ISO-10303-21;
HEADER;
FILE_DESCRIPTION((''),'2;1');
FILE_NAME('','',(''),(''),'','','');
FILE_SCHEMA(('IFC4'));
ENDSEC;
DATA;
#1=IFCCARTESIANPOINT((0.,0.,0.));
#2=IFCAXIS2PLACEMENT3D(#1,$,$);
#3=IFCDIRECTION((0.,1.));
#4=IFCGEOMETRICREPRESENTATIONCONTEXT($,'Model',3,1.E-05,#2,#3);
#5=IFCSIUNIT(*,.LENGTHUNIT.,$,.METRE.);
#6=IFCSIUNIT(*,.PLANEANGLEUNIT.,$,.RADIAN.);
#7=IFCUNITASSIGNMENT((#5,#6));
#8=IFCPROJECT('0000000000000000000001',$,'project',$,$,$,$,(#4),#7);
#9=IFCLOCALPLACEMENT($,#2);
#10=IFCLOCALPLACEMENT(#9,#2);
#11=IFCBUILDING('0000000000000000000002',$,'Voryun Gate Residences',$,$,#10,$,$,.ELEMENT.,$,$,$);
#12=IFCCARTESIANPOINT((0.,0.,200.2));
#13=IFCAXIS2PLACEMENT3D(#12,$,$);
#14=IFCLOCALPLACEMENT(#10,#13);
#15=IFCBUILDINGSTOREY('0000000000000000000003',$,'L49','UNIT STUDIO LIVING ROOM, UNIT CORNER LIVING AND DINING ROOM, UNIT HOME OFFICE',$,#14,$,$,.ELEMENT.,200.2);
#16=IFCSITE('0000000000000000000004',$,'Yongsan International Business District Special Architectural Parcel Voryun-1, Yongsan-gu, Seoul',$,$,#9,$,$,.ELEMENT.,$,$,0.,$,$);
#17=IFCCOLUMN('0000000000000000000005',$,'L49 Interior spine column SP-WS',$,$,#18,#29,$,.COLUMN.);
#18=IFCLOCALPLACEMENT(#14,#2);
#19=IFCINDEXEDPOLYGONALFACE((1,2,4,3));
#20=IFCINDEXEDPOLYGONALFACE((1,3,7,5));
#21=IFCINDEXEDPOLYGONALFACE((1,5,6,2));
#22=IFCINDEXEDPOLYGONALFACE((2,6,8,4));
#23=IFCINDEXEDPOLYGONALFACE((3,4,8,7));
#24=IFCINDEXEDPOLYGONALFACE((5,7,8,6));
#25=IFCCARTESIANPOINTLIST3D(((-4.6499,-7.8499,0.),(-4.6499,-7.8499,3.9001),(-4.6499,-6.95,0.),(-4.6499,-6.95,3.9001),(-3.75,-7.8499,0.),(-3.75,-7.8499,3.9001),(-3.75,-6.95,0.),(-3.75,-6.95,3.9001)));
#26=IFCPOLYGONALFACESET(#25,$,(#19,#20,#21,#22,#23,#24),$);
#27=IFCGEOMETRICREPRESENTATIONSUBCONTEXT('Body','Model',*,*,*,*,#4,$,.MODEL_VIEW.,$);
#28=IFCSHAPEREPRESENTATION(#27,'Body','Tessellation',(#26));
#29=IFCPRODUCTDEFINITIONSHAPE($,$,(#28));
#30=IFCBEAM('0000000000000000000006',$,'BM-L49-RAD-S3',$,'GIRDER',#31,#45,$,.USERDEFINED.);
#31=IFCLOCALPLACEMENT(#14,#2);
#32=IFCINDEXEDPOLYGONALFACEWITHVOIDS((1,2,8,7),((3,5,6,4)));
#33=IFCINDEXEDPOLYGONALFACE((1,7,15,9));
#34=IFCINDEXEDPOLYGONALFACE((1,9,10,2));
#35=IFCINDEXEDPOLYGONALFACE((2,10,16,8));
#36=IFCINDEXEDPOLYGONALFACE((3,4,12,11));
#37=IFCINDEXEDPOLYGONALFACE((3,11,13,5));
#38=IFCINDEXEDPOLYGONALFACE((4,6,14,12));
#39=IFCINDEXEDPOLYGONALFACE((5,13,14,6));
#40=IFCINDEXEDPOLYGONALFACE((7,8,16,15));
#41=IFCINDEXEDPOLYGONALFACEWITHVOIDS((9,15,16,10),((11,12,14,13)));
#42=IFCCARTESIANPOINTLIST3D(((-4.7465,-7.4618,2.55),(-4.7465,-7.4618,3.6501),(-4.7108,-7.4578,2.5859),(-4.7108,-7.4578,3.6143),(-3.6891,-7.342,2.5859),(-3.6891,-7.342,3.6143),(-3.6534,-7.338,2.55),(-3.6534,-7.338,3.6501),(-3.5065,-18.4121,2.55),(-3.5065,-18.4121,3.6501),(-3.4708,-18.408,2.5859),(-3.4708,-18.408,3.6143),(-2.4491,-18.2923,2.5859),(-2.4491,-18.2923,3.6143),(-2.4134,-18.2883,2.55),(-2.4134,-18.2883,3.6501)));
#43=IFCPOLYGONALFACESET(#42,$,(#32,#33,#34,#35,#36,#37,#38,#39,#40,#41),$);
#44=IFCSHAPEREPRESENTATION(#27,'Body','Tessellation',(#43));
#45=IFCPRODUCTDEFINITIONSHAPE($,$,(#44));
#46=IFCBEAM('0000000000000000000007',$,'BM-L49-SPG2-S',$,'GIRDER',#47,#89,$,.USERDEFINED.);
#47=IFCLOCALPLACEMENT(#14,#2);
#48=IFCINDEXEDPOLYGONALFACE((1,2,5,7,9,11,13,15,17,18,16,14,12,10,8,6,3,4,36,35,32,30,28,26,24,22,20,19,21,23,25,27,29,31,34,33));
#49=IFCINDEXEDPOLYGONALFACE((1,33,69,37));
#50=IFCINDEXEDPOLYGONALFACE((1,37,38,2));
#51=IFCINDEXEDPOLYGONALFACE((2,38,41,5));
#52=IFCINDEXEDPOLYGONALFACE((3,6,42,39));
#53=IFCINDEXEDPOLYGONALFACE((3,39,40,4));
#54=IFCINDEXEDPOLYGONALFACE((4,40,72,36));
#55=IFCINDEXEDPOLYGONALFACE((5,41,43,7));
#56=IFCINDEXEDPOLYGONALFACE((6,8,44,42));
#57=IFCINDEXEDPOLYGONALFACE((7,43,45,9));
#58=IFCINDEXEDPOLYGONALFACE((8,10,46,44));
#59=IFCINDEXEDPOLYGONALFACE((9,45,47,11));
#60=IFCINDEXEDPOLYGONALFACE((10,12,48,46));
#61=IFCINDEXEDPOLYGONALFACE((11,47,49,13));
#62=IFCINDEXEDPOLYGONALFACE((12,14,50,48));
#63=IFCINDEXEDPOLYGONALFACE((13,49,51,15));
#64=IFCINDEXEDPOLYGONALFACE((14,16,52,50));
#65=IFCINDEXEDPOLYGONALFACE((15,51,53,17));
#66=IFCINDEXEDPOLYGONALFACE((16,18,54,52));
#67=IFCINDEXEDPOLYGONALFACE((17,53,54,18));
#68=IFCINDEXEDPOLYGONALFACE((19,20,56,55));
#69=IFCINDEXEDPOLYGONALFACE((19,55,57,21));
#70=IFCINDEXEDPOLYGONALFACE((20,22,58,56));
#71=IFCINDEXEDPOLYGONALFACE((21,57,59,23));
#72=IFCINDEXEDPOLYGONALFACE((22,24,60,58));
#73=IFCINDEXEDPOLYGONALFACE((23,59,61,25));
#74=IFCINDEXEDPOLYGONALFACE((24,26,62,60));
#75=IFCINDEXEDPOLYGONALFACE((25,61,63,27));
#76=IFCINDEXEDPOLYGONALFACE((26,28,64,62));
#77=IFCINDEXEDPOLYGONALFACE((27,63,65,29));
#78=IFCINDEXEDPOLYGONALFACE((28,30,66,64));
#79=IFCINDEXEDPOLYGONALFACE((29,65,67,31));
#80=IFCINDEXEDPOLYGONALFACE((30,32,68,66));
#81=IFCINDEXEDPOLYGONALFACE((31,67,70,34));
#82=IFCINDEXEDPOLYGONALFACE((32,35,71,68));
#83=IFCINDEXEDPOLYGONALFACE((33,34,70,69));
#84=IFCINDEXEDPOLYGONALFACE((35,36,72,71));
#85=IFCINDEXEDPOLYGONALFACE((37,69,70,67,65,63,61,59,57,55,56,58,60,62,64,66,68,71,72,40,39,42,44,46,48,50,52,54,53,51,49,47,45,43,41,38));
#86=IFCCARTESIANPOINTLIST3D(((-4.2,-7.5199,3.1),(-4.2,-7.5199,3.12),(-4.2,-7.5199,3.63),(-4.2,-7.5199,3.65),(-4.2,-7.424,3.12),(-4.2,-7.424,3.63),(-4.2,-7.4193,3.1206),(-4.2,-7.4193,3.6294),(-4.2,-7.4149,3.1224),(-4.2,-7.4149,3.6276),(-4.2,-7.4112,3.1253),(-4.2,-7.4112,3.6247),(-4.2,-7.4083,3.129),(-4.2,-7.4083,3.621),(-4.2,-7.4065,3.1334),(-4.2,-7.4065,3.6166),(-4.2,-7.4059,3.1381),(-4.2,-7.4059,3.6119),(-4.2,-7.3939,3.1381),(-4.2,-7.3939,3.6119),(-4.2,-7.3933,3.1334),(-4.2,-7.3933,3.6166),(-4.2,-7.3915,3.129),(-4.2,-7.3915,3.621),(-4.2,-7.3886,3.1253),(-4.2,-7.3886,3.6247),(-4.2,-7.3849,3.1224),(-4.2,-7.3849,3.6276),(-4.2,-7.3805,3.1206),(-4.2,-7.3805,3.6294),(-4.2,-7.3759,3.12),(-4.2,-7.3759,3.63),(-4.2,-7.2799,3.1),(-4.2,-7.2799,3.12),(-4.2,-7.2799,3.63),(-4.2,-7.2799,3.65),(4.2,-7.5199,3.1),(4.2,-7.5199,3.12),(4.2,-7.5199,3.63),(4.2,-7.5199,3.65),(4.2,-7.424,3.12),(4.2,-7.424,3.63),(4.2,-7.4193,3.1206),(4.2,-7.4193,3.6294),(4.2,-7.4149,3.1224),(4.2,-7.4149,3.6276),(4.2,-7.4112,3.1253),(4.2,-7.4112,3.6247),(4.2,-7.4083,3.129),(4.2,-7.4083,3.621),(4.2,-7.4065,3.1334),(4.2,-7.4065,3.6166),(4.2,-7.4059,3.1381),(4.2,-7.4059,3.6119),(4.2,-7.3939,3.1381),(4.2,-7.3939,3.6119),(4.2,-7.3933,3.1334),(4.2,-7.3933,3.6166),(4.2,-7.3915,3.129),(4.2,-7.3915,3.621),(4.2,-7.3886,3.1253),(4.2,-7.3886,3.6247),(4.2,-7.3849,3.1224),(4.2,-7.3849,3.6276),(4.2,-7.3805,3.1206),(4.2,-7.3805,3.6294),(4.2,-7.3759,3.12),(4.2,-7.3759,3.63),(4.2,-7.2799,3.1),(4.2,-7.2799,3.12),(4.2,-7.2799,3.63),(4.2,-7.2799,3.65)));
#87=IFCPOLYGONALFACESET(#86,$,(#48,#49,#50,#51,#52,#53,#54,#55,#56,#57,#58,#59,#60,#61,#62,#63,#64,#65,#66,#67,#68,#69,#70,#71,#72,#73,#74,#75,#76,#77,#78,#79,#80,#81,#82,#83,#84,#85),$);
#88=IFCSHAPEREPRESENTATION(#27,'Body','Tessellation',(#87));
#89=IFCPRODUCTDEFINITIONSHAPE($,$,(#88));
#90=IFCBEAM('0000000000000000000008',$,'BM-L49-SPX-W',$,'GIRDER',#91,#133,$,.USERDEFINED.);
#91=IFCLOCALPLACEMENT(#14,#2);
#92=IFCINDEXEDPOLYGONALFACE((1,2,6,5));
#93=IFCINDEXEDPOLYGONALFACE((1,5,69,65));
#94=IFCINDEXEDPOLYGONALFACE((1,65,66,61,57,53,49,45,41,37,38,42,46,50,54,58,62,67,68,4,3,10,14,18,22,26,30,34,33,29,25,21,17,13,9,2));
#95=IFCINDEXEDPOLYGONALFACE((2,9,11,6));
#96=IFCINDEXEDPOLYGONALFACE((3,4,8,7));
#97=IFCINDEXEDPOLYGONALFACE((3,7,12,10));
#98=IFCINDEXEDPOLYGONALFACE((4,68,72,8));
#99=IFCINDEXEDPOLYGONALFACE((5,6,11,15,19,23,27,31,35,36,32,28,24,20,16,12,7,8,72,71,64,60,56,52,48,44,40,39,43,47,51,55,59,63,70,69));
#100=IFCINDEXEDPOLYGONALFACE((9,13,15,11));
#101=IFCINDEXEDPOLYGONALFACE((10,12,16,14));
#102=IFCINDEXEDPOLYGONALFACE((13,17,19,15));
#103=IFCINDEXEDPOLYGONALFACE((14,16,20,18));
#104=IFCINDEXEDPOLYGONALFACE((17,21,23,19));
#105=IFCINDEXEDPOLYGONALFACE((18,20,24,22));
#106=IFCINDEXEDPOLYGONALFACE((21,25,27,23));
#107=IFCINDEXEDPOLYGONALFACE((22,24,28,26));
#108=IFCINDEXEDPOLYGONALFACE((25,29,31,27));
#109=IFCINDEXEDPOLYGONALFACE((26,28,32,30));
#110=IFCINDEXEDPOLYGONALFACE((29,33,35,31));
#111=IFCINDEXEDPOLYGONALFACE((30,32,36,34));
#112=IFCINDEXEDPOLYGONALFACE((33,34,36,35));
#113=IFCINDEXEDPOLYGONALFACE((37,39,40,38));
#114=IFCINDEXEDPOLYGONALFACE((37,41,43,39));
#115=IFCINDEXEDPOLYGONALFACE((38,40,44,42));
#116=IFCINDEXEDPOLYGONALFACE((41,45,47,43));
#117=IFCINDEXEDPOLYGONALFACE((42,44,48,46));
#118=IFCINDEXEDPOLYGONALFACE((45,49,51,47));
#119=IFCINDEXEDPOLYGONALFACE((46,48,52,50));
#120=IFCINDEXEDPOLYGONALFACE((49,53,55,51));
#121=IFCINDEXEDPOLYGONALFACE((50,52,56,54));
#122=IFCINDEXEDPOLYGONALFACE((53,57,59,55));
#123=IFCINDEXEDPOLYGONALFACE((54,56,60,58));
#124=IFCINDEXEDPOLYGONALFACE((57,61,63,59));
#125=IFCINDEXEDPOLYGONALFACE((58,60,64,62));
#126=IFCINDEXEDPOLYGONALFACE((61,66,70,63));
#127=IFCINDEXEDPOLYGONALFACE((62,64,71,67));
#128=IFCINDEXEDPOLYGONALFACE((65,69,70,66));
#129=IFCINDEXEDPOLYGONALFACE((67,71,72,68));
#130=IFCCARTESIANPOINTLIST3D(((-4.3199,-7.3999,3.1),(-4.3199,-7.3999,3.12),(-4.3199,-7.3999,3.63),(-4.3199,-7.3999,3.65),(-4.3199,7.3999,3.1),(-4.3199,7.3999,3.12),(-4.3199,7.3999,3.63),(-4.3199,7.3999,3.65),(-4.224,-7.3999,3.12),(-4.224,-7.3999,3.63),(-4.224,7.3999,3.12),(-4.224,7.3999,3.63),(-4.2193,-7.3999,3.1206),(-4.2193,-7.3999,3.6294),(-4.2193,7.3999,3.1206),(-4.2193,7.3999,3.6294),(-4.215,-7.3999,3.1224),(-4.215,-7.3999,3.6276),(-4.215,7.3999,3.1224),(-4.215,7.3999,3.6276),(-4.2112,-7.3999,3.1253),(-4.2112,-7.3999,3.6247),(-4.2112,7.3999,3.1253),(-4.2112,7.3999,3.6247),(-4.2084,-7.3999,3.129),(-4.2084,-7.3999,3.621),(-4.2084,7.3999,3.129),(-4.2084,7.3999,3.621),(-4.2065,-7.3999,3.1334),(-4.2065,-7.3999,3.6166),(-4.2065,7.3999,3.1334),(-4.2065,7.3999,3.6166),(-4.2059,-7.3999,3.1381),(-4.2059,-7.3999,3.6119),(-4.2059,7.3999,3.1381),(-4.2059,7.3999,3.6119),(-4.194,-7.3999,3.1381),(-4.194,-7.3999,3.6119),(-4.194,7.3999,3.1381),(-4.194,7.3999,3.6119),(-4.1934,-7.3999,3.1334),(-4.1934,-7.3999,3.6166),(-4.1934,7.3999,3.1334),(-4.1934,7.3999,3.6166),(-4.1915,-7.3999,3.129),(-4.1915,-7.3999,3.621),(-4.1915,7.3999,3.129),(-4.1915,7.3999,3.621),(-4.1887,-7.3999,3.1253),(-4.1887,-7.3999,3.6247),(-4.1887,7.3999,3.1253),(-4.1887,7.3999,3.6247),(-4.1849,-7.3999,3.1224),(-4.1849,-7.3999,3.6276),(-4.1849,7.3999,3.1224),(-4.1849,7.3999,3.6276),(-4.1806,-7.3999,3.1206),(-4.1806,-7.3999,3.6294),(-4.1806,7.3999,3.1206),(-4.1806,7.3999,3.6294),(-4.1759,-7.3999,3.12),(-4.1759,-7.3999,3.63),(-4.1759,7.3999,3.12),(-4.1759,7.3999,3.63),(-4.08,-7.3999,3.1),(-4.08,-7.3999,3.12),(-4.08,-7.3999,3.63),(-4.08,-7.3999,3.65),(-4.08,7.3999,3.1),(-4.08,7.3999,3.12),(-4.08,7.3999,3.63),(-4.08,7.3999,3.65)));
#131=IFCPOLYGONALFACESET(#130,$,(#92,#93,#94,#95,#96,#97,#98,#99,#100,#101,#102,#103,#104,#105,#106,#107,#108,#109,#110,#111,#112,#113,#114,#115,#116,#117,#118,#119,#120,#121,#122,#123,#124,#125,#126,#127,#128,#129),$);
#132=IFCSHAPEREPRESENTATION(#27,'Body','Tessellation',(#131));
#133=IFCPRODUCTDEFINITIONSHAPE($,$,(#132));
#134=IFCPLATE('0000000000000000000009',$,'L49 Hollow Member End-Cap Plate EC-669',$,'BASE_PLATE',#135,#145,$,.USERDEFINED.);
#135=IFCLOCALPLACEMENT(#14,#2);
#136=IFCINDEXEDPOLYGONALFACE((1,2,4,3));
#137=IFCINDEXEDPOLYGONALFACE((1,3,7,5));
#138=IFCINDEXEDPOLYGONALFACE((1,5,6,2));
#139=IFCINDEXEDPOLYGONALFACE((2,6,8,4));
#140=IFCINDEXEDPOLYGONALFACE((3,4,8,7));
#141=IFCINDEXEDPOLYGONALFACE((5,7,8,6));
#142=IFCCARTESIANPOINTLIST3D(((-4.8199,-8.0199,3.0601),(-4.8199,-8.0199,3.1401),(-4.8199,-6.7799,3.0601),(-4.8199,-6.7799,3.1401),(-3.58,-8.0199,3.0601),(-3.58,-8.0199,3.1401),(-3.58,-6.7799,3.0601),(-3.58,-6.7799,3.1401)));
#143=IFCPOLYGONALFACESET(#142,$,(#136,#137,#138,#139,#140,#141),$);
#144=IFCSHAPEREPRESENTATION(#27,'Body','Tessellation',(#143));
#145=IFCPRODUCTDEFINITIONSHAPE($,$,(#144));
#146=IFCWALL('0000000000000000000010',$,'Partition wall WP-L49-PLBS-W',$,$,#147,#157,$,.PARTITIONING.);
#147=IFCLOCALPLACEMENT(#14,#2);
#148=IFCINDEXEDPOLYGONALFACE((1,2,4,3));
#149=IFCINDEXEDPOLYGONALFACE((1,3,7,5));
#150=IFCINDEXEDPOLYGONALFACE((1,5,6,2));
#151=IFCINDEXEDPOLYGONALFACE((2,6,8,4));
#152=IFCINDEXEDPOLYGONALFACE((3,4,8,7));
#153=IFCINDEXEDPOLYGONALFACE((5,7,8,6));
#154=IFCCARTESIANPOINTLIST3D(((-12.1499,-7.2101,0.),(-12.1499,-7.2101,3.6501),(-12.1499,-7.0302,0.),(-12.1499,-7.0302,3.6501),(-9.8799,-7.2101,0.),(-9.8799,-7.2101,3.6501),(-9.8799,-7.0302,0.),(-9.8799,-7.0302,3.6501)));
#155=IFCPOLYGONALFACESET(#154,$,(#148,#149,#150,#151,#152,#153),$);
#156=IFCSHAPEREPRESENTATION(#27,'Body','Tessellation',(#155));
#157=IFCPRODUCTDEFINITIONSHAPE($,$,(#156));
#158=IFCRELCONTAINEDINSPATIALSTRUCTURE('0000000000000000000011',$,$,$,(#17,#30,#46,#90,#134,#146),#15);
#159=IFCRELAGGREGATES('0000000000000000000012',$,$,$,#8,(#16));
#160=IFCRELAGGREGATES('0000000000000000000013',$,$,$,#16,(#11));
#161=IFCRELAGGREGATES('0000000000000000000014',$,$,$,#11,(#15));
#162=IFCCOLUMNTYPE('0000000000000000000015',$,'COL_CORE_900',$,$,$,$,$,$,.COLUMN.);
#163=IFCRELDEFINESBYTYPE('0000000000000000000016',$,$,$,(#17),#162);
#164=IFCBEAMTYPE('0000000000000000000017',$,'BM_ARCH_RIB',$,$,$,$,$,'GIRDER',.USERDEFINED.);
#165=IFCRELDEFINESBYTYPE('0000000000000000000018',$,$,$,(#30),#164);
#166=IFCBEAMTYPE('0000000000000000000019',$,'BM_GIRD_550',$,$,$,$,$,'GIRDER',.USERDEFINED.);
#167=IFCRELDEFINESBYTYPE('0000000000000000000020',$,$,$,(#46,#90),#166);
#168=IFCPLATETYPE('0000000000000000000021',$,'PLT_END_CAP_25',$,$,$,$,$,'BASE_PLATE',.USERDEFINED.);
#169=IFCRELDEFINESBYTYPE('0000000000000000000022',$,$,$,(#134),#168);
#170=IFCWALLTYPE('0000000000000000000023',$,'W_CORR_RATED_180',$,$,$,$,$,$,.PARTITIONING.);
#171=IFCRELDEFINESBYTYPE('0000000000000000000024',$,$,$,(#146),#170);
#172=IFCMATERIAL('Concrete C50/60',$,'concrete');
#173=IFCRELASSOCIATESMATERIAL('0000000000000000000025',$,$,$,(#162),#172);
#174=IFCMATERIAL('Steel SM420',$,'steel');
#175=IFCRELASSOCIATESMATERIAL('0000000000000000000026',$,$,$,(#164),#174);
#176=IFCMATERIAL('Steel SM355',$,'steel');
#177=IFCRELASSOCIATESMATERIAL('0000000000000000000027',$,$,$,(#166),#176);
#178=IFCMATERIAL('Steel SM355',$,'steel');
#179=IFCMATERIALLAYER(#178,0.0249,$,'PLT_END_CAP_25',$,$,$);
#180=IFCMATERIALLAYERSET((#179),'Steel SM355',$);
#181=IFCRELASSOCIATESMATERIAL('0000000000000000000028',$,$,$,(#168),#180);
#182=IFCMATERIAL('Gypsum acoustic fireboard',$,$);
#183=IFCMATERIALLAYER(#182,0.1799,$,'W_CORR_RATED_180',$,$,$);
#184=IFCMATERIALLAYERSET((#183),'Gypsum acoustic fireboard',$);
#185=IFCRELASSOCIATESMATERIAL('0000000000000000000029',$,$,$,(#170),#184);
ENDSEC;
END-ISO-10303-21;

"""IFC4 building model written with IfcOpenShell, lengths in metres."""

from ifc_helpers import new_model, si_unit, direction, frame, frame_2d, origin, origin_2d, place, context, subcontext, project, spatial, rectangle, hollow_rectangle, i_section, extrude, material, layer, layer_set, material_profile, profile_set, type_object, element, save


model = new_model("IFC4")

# Units and contexts
model_context = context("Model", 3, precision=1e-05, world=origin(), true_north=direction((0.0, 1.0)))
body_context = subcontext(model_context, "Body", "Model", "MODEL_VIEW")
ifc_project = project(units=[si_unit("LENGTHUNIT", "METRE"), si_unit("PLANEANGLEUNIT", "RADIAN")], contexts=[model_context])

# Site, building, storey
site_placement = place(None, origin())
site = spatial("IfcSite", under=ifc_project, at=site_placement, Name="Yongsan International Business District Special Architectural Parcel Voryun-1, Yongsan-gu, Seoul", CompositionType="ELEMENT", RefElevation=0.0)
building_placement = place(site_placement, origin())
building = spatial("IfcBuilding", under=site, at=building_placement, Name="Voryun Gate Residences", CompositionType="ELEMENT")
storey_placement = place(building_placement, frame((0.0, 0.0, 200.2)))
storey = spatial("IfcBuildingStorey", under=building, at=storey_placement, Name="L49", Description="UNIT STUDIO LIVING ROOM, UNIT CORNER LIVING AND DINING ROOM, UNIT HOME OFFICE", CompositionType="ELEMENT", Elevation=200.2)

# Column
ifc_material_1 = material(Name="Concrete C50/60", Category="concrete")
ifc_material_profile_1 = material_profile(ifc_material_1, rectangle(XDim=0.8999, YDim=0.8999, at=origin_2d()), Name="RC-900x900")
ifc_profile_set_1 = profile_set([ifc_material_profile_1], Name="Concrete C50/60")
column_type = type_object("IfcColumnType", Name="COL_CORE_900", PredefinedType="COLUMN", material=ifc_profile_set_1)
column_placement = place(storey_placement, frame((-4.2, -7.3999, 0.0), z_axis=(0.0, 0.0, 1.0), x_axis=(1.0, 0.0, 0.0)))
element("IfcColumn", 1, at=column_placement, inside=storey, type_object=column_type, Name="L49 Interior spine column SP-WS", PredefinedType="COLUMN", context=body_context, shape_type="SweptSolid", body=[
    extrude(rectangle(XDim=0.8999, YDim=0.8999, at=origin_2d()), origin(), (0.0, 0.0, 1.0), 3.9001),
])

# Beams
ifc_material_2 = material(Name="Steel SM420", Category="steel")
ifc_material_profile_2 = material_profile(ifc_material_2, hollow_rectangle(XDim=1.1001, YDim=1.1001, WallThickness=0.0359, at=origin_2d()), Name="BOX-1100x1100x36")
ifc_profile_set_2 = profile_set([ifc_material_profile_2], Name="Steel SM420")
beam_type_1 = type_object("IfcBeamType", Name="BM_ARCH_RIB", ElementType="GIRDER", PredefinedType="USERDEFINED", material=ifc_profile_set_2)
beam_1_placement = place(storey_placement, frame((-4.2, -7.3999, 3.1001), z_axis=(0.11252, -0.993649, 0.0), x_axis=(0.993649, 0.11252, 0.0)))
element("IfcBeam", 2, at=beam_1_placement, inside=storey, type_object=beam_type_1, Name="BM-L49-RAD-S3", ObjectType="GIRDER", PredefinedType="USERDEFINED", context=body_context, shape_type="SweptSolid", body=[
    extrude(hollow_rectangle(XDim=1.1001, YDim=1.1001, WallThickness=0.0359, at=origin_2d()), origin(), (0.0, 0.0, 1.0), 11.0203),
])
ifc_material_3 = material(Name="Steel SM355", Category="steel")
ifc_material_profile_3 = material_profile(ifc_material_3, i_section(OverallWidth=0.24, OverallDepth=0.55, WebThickness=0.012, FlangeThickness=0.02, FilletRadius=0.0181, at=origin_2d()), Name="H-550x240x12x20")
ifc_profile_set_3 = profile_set([ifc_material_profile_3], Name="Steel SM355")
beam_type_2 = type_object("IfcBeamType", Name="BM_GIRD_550", ElementType="GIRDER", PredefinedType="USERDEFINED", material=ifc_profile_set_3)
beam_2_placement = place(storey_placement, frame((-4.2, -7.3999, 3.375), z_axis=(1.0, 0.0, 0.0), x_axis=(0.0, 1.0, 0.0)))
element("IfcBeam", 3, at=beam_2_placement, inside=storey, type_object=beam_type_2, Name="BM-L49-SPG2-S", ObjectType="GIRDER", PredefinedType="USERDEFINED", context=body_context, shape_type="SweptSolid", body=[
    extrude(i_section(OverallWidth=0.24, OverallDepth=0.55, WebThickness=0.012, FlangeThickness=0.02, FilletRadius=0.0181, at=origin_2d()), origin(), (0.0, 0.0, 1.0), 8.3999),
])
beam_3_placement = place(storey_placement, frame((-4.2, -7.3999, 3.375), z_axis=(0.0, 1.0, 0.0), x_axis=(-1.0, 0.0, 0.0)))
element("IfcBeam", 4, at=beam_3_placement, inside=storey, type_object=beam_type_2, Name="BM-L49-SPX-W", ObjectType="GIRDER", PredefinedType="USERDEFINED", context=body_context, shape_type="SweptSolid", body=[
    extrude(i_section(OverallWidth=0.24, OverallDepth=0.55, WebThickness=0.012, FlangeThickness=0.02, FilletRadius=0.0181, at=origin_2d()), origin(), (0.0, 0.0, 1.0), 14.7998),
])

# Plate
ifc_material_4 = material(Name="Steel SM355", Category="steel")
ifc_layer_1 = layer(ifc_material_4, 0.0249, Name="PLT_END_CAP_25")
ifc_layer_set_1 = layer_set([ifc_layer_1], Name="Steel SM355")
plate_type = type_object("IfcPlateType", Name="PLT_END_CAP_25", ElementType="BASE_PLATE", PredefinedType="USERDEFINED", material=ifc_layer_set_1)
plate_placement = place(storey_placement, frame((-4.2, -7.3999, 3.0601), z_axis=(0.0, 0.0, 1.0), x_axis=(1.0, 0.0, 0.0)))
element("IfcPlate", 5, at=plate_placement, inside=storey, type_object=plate_type, Name="L49 Hollow Member End-Cap Plate EC-669", ObjectType="BASE_PLATE", PredefinedType="USERDEFINED", context=body_context, shape_type="SweptSolid", body=[
    extrude(rectangle(XDim=1.24, YDim=1.24, at=origin_2d()), origin(), (0.0, 0.0, 1.0), 0.0801),
])

# Wall
ifc_material_5 = material(Name="Gypsum acoustic fireboard")
ifc_layer_2 = layer(ifc_material_5, 0.1799, Name="W_CORR_RATED_180")
ifc_layer_set_2 = layer_set([ifc_layer_2], Name="Gypsum acoustic fireboard")
wall_type_1 = type_object("IfcWallType", Name="W_CORR_RATED_180", PredefinedType="PARTITIONING", material=ifc_layer_set_2)
wall_1_placement = place(storey_placement, frame((-12.1499, -7.1201, 0.0), z_axis=(0.0, 0.0, 1.0), x_axis=(1.0, 0.0, 0.0)))
element("IfcWall", 6, at=wall_1_placement, inside=storey, type_object=wall_type_1, Name="Partition wall WP-L49-PLBS-W", PredefinedType="PARTITIONING", context=body_context, shape_type="SweptSolid", body=[
    extrude(rectangle(XDim=2.27, YDim=0.1799, at=frame_2d((1.135, 0.0))), origin(), (0.0, 0.0, 1.0), 3.6501),
])

save(model, "model.ifc")
